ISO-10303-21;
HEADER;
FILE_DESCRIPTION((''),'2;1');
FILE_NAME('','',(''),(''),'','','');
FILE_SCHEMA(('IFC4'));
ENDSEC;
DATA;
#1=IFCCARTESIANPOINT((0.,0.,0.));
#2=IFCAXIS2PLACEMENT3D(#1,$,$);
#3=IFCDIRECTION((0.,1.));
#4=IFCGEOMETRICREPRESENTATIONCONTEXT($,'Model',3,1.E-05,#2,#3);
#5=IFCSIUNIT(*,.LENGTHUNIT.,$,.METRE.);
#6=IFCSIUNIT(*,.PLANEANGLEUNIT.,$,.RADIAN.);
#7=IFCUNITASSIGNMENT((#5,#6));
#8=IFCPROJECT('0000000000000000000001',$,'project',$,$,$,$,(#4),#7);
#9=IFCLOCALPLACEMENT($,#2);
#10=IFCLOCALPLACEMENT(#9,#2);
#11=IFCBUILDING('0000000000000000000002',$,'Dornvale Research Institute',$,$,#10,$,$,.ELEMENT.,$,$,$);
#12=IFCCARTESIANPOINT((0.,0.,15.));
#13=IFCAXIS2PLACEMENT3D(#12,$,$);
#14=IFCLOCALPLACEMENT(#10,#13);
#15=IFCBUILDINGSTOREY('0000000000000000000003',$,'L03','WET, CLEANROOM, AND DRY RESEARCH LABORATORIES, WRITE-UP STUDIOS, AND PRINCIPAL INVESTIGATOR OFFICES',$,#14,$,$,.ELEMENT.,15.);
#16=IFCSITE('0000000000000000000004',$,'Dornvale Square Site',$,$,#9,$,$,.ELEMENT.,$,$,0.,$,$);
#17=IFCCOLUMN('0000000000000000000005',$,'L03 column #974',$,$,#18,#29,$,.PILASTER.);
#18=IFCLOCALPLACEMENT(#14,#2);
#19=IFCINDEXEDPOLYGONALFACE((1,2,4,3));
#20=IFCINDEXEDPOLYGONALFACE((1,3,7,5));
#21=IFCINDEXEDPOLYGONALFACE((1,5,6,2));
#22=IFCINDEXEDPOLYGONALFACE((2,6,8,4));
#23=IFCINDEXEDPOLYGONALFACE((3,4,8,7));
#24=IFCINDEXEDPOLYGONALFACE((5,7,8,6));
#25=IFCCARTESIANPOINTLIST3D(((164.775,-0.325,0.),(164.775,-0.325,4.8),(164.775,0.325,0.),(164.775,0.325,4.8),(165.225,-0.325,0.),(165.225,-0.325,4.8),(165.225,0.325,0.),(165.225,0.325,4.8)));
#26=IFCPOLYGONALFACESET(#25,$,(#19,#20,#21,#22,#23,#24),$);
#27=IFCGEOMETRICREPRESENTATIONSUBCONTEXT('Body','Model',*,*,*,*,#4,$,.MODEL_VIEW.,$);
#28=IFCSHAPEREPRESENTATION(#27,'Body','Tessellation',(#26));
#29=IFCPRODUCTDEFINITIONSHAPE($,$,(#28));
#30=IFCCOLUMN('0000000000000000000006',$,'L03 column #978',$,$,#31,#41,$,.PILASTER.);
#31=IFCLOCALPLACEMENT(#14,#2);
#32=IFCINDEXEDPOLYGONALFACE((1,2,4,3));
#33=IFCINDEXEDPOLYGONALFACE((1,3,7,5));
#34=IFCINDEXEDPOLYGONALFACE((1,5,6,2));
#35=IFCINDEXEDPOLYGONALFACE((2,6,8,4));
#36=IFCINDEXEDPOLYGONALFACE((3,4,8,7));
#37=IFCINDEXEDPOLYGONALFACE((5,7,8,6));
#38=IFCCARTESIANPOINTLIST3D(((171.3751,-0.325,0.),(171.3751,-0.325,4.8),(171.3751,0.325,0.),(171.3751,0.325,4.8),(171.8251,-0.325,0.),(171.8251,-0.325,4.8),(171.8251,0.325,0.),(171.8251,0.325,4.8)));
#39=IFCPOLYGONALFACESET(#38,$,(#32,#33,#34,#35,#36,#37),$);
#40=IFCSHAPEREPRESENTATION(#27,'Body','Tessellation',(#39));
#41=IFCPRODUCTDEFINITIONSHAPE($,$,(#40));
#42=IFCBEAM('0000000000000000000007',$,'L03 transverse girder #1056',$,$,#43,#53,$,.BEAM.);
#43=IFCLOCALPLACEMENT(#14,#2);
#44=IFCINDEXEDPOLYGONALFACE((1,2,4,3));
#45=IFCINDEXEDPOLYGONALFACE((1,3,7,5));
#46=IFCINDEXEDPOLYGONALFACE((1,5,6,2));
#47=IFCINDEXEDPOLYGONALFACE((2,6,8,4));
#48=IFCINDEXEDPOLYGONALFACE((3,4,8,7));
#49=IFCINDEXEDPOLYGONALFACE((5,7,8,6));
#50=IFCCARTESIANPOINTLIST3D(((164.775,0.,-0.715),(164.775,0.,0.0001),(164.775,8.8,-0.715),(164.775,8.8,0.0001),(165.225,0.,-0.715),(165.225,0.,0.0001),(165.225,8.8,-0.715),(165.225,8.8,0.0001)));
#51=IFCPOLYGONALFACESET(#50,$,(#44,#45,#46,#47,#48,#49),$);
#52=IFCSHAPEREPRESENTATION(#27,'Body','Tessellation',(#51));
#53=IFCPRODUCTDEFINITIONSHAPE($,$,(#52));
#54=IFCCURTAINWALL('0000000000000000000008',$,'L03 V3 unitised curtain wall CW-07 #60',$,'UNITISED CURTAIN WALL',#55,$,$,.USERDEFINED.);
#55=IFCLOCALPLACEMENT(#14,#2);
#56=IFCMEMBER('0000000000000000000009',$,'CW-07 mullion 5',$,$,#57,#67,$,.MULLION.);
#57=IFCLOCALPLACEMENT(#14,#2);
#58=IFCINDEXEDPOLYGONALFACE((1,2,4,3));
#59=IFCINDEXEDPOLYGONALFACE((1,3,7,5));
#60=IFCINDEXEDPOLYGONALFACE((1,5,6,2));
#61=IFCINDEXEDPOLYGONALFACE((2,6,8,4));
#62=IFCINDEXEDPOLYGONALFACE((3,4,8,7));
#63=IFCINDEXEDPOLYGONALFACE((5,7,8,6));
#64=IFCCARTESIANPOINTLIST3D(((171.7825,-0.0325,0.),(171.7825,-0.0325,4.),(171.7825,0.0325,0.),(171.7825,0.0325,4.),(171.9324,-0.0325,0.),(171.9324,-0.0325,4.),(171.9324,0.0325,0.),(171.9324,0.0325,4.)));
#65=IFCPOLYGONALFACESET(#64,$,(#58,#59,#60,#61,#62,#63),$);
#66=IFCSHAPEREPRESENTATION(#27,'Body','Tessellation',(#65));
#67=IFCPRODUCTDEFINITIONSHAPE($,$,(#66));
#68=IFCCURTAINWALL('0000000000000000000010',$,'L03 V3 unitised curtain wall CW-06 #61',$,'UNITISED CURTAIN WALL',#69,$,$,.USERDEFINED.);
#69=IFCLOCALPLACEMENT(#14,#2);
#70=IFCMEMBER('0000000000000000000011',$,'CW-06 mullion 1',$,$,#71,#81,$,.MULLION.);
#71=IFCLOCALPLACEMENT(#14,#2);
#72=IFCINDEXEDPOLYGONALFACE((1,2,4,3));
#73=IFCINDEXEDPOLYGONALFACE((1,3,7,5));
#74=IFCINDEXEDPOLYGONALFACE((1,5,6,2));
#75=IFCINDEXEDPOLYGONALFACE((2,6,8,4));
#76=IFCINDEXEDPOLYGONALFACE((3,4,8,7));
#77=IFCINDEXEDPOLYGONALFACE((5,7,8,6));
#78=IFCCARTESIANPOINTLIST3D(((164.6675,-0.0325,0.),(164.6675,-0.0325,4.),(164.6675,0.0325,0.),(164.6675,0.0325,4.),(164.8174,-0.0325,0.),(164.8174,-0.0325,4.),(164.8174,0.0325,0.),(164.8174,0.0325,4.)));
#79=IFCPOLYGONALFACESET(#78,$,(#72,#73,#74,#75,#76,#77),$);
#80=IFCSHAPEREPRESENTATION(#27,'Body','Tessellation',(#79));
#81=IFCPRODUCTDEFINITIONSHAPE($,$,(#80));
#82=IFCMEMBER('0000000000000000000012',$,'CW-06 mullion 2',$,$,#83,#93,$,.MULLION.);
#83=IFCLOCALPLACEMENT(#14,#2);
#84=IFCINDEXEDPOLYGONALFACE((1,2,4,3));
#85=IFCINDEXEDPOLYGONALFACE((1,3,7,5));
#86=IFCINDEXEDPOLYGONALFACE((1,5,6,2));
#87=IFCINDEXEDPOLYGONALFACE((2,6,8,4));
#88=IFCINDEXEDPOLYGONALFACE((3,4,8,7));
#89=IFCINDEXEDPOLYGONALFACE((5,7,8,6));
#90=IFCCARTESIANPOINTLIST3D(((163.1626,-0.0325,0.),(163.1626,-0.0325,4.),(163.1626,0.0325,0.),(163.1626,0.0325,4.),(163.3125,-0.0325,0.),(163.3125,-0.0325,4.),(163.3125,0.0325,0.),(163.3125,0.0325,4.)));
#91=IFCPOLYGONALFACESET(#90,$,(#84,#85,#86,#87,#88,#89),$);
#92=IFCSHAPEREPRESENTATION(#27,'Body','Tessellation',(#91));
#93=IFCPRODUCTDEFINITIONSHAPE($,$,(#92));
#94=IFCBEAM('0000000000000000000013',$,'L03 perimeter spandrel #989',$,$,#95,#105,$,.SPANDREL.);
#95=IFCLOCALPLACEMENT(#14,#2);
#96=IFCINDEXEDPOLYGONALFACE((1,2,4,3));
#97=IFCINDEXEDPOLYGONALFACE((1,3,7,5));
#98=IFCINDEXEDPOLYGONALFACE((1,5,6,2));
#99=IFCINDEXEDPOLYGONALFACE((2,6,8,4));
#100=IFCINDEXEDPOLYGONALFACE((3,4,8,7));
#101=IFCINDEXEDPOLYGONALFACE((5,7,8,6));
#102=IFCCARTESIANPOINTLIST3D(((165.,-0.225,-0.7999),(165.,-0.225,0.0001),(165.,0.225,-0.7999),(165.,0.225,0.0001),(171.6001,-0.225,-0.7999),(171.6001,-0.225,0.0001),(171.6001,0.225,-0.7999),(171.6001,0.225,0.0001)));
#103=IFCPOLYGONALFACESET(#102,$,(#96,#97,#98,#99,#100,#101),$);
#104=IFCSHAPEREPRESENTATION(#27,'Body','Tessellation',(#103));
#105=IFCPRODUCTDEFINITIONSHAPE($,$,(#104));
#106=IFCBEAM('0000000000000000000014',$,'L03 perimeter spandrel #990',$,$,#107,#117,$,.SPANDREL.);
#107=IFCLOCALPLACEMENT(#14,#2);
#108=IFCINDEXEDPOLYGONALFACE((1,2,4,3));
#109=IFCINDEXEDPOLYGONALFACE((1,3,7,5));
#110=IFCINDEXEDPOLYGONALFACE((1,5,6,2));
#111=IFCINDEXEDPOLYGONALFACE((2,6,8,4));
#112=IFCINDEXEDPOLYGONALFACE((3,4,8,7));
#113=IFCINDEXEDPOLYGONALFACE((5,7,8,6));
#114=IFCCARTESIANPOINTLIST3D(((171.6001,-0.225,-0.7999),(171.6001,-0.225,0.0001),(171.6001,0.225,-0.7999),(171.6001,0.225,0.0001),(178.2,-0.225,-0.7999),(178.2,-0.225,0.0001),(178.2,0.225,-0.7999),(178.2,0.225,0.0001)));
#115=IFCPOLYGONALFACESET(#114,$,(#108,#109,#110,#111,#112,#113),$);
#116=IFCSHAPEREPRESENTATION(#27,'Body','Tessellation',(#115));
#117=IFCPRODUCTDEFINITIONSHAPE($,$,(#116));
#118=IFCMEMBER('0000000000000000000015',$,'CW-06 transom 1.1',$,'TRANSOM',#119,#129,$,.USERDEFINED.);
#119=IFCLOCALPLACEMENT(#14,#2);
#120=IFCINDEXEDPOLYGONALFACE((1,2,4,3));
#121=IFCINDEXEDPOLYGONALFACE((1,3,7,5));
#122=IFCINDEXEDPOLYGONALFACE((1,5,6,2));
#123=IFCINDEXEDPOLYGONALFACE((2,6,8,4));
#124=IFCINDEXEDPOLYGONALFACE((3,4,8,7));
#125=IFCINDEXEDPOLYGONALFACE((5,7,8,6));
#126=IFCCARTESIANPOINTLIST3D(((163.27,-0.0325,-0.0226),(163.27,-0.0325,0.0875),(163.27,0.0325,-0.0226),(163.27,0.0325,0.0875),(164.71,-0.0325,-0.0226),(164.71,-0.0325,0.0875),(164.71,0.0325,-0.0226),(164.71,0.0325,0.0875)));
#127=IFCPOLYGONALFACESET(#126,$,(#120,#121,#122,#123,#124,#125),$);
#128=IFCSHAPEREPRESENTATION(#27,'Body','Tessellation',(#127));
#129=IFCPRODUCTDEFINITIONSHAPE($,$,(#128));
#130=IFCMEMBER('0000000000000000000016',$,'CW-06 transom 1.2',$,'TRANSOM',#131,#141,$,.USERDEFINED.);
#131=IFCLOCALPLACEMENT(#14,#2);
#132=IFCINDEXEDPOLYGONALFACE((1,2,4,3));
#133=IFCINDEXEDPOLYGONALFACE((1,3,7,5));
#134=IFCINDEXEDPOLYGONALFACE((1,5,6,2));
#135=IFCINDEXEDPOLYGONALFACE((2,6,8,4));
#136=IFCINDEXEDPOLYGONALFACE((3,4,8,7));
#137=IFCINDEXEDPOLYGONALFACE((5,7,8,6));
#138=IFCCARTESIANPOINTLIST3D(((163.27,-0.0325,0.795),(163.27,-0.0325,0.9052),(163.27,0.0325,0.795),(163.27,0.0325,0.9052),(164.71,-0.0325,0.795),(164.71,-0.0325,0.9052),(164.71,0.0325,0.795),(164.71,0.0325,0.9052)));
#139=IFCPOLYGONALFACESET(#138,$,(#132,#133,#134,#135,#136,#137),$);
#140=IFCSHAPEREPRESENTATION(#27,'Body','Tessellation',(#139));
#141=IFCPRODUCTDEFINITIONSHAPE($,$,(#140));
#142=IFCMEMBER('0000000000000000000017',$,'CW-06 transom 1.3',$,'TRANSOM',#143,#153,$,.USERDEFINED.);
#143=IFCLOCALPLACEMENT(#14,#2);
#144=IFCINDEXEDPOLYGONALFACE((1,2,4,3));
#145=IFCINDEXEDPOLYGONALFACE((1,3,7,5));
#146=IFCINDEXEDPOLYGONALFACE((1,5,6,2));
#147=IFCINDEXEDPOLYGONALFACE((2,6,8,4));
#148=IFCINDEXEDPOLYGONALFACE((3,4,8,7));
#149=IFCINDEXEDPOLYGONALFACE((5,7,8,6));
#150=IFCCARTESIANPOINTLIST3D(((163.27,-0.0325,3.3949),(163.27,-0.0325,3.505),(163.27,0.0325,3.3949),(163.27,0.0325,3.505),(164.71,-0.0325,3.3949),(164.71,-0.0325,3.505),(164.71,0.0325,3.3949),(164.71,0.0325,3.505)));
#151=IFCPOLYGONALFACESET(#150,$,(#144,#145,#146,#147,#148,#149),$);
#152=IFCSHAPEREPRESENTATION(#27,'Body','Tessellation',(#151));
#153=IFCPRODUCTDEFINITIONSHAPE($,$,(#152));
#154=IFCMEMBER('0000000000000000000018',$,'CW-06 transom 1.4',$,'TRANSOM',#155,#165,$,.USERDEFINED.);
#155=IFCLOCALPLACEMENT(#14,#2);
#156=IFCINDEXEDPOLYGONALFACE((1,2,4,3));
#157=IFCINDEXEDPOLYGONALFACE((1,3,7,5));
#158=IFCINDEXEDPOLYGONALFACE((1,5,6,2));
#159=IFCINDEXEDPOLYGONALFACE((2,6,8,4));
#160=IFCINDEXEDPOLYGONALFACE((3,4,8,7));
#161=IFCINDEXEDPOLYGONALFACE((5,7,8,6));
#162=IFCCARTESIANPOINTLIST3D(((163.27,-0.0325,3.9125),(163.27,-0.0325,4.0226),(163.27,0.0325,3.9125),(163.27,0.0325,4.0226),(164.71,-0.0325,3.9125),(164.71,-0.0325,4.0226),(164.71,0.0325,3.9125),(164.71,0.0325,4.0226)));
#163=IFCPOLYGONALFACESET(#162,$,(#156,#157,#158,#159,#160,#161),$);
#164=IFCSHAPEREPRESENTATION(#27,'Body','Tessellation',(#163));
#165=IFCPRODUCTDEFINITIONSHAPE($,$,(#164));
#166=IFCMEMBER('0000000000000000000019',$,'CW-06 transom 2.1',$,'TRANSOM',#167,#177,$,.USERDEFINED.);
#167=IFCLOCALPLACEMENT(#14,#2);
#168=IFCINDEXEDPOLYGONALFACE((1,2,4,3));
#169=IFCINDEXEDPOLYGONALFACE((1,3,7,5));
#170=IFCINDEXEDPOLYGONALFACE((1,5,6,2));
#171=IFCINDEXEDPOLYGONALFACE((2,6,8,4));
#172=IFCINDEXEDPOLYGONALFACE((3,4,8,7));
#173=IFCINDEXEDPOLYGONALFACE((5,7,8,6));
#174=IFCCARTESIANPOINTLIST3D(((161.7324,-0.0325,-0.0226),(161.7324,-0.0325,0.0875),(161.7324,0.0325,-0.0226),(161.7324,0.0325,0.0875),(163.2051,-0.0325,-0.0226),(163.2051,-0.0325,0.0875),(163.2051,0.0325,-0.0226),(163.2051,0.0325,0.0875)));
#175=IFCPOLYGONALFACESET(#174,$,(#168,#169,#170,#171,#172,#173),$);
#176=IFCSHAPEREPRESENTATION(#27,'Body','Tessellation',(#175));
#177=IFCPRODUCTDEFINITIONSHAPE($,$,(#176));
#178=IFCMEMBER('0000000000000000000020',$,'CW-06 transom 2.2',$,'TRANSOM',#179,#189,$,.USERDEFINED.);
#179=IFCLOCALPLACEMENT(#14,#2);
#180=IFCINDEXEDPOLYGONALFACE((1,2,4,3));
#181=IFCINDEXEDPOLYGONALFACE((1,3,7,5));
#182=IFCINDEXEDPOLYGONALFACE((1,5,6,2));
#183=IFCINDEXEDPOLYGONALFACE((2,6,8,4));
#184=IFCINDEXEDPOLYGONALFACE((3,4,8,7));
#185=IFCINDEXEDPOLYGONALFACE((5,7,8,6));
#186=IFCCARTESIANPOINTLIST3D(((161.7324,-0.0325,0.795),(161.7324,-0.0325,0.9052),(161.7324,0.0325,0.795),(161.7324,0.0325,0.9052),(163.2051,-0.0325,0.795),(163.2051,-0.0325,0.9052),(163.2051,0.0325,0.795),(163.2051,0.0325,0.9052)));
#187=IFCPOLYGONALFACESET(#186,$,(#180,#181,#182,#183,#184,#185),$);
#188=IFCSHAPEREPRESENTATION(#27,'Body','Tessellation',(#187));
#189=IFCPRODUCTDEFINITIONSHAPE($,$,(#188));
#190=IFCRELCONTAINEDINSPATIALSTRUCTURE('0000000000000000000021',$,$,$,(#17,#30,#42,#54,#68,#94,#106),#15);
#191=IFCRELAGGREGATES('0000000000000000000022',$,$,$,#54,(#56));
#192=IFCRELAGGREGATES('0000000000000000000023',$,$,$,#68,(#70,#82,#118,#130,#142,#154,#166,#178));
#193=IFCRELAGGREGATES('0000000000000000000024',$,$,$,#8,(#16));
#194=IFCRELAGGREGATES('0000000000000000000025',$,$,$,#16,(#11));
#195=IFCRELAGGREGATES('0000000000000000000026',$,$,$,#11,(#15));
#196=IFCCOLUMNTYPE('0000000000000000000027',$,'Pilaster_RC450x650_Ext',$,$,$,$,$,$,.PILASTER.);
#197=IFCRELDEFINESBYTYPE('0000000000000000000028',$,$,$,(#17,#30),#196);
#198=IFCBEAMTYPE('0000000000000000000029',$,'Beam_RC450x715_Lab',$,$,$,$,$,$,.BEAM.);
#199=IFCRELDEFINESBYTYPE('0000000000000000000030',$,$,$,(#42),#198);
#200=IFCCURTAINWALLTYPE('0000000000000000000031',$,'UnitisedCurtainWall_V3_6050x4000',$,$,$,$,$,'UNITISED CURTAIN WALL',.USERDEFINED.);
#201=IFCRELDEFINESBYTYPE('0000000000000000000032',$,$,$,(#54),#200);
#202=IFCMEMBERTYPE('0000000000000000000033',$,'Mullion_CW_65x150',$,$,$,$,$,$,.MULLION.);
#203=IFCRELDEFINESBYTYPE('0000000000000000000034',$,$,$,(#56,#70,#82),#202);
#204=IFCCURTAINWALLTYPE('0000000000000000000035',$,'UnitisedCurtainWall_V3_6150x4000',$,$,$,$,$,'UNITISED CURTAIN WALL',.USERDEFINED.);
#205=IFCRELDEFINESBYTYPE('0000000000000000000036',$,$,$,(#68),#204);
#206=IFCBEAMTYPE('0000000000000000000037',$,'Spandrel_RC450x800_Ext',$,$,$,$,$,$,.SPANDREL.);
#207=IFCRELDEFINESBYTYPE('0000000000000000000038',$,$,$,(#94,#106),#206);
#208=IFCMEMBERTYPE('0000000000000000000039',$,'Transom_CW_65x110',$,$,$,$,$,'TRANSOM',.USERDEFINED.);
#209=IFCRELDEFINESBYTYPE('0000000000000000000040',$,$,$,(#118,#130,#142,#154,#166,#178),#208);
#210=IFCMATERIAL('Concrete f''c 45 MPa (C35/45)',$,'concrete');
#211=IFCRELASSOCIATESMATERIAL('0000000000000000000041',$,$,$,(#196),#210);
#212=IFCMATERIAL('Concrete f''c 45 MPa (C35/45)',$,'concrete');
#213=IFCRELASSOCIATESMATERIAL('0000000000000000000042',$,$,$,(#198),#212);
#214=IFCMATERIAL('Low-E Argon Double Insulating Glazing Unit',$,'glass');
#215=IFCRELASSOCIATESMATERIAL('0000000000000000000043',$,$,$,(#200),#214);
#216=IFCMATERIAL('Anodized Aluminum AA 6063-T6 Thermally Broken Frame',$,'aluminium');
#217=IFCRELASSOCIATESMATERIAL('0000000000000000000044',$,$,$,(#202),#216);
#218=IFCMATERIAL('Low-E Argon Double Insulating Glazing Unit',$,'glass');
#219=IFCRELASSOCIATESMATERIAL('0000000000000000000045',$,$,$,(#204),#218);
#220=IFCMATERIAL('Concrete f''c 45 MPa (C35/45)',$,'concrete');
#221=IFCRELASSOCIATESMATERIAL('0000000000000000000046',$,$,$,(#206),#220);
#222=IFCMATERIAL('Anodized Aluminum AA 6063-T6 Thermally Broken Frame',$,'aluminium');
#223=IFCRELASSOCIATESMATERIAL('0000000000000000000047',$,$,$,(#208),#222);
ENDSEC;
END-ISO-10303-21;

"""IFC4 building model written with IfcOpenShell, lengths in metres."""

from ifc_helpers import new_model, si_unit, direction, frame, origin, origin_2d, place, context, subcontext, project, spatial, rectangle, extrude, material, material_profile, profile_set, type_object, element, aggregate, save


model = new_model("IFC4")

# Units and contexts
model_context = context("Model", 3, precision=1e-05, world=origin(), true_north=direction((0.0, 1.0)))
body_context = subcontext(model_context, "Body", "Model", "MODEL_VIEW")
ifc_project = project(units=[si_unit("LENGTHUNIT", "METRE"), si_unit("PLANEANGLEUNIT", "RADIAN")], contexts=[model_context])

# Site, building, storey
site_placement = place(None, origin())
site = spatial("IfcSite", under=ifc_project, at=site_placement, Name="Dornvale Square Site", CompositionType="ELEMENT", RefElevation=0.0)
building_placement = place(site_placement, origin())
building = spatial("IfcBuilding", under=site, at=building_placement, Name="Dornvale Research Institute", CompositionType="ELEMENT")
storey_placement = place(building_placement, frame((0.0, 0.0, 15.0)))
storey = spatial("IfcBuildingStorey", under=building, at=storey_placement, Name="L03", Description="WET, CLEANROOM, AND DRY RESEARCH LABORATORIES, WRITE-UP STUDIOS, AND PRINCIPAL INVESTIGATOR OFFICES", CompositionType="ELEMENT", Elevation=15.0)

# Columns
ifc_material_1 = material(Name="Concrete f'c 45 MPa (C35/45)", Category="concrete")
ifc_material_profile_1 = material_profile(ifc_material_1, rectangle(XDim=0.45, YDim=0.6499, at=origin_2d()), Name="RC 450x650")
ifc_profile_set_1 = profile_set([ifc_material_profile_1], Name="Concrete f'c 45 MPa (C35/45)")
column_type = type_object("IfcColumnType", Name="Pilaster_RC450x650_Ext", PredefinedType="PILASTER", material=ifc_profile_set_1)
for number, where, z_axis, x_axis, name in (
    (1, (165.0, 0.0, 0.0), (0.0, 0.0, 1.0), (1.0, 0.0, 0.0), "L03 column #974"),
    (2, (171.6001, 0.0, 0.0), (0.0, 0.0, 1.0), (1.0, 0.0, 0.0), "L03 column #978"),
):
    element("IfcColumn", number, at=place(storey_placement, frame(where, z_axis=z_axis, x_axis=x_axis)), inside=storey, type_object=column_type, Name=name, PredefinedType="PILASTER", context=body_context, shape_type="SweptSolid", body=[
        extrude(rectangle(XDim=0.45, YDim=0.6499, at=origin_2d()), origin(), (0.0, 0.0, 1.0), 4.8),
    ])

# Beam
ifc_material_2 = material(Name="Concrete f'c 45 MPa (C35/45)", Category="concrete")
ifc_material_profile_2 = material_profile(ifc_material_2, rectangle(XDim=0.45, YDim=0.7151, at=origin_2d()), Name="RC 450x715")
ifc_profile_set_2 = profile_set([ifc_material_profile_2], Name="Concrete f'c 45 MPa (C35/45)")
beam_type_1 = type_object("IfcBeamType", Name="Beam_RC450x715_Lab", PredefinedType="BEAM", material=ifc_profile_set_2)
beam_1_placement = place(storey_placement, frame((165.0, 0.0, -0.3574), z_axis=(0.0, 1.0, 0.0), x_axis=(-1.0, 0.0, 0.0)))
element("IfcBeam", 3, at=beam_1_placement, inside=storey, type_object=beam_type_1, Name="L03 transverse girder #1056", PredefinedType="BEAM", context=body_context, shape_type="SweptSolid", body=[
    extrude(rectangle(XDim=0.45, YDim=0.7151, at=origin_2d()), origin(), (0.0, 0.0, 1.0), 8.8),
])

# Curtain wall, member
ifc_material_3 = material(Name="Low-E Argon Double Insulating Glazing Unit", Category="glass")
curtain_wall_type_1 = type_object("IfcCurtainWallType", Name="UnitisedCurtainWall_V3_6050x4000", ElementType="UNITISED CURTAIN WALL", PredefinedType="USERDEFINED", material=ifc_material_3)
curtain_wall_1_placement = place(storey_placement, origin())
curtain_wall_1 = element("IfcCurtainWall", 4, at=curtain_wall_1_placement, inside=storey, type_object=curtain_wall_type_1, Name="L03 V3 unitised curtain wall CW-07 #60", ObjectType="UNITISED CURTAIN WALL", PredefinedType="USERDEFINED")
ifc_material_4 = material(Name="Anodized Aluminum AA 6063-T6 Thermally Broken Frame", Category="aluminium")
ifc_material_profile_3 = material_profile(ifc_material_4, rectangle(XDim=0.0649, YDim=0.1499, at=origin_2d()), Name="ALU MULLION 65x150")
ifc_profile_set_3 = profile_set([ifc_material_profile_3], Name="Anodized Aluminum AA 6063-T6 Thermally Broken Frame")
member_type_1 = type_object("IfcMemberType", Name="Mullion_CW_65x150", PredefinedType="MULLION", material=ifc_profile_set_3)
member_1_placement = place(storey_placement, frame((171.8574, 0.0, 0.0), z_axis=(0.0, 0.0, 1.0), x_axis=(0.0, -1.0, 0.0)))
member_1 = element("IfcMember", 5, at=member_1_placement, type_object=member_type_1, Name="CW-07 mullion 5", PredefinedType="MULLION", context=body_context, shape_type="SweptSolid", body=[
    extrude(rectangle(XDim=0.0649, YDim=0.1499, at=origin_2d()), origin(), (0.0, 0.0, 1.0), 4.0),
])

# Curtain wall, members
ifc_material_5 = material(Name="Low-E Argon Double Insulating Glazing Unit", Category="glass")
curtain_wall_type_2 = type_object("IfcCurtainWallType", Name="UnitisedCurtainWall_V3_6150x4000", ElementType="UNITISED CURTAIN WALL", PredefinedType="USERDEFINED", material=ifc_material_5)
curtain_wall_2_placement = place(storey_placement, origin())
curtain_wall_2 = element("IfcCurtainWall", 6, at=curtain_wall_2_placement, inside=storey, type_object=curtain_wall_type_2, Name="L03 V3 unitised curtain wall CW-06 #61", ObjectType="UNITISED CURTAIN WALL", PredefinedType="USERDEFINED")
member_2_placement = place(storey_placement, frame((164.7424, 0.0, 0.0), z_axis=(0.0, 0.0, 1.0), x_axis=(0.0, -1.0, 0.0)))
member_2 = element("IfcMember", 7, at=member_2_placement, type_object=member_type_1, Name="CW-06 mullion 1", PredefinedType="MULLION", context=body_context, shape_type="SweptSolid", body=[
    extrude(rectangle(XDim=0.0649, YDim=0.1499, at=origin_2d()), origin(), (0.0, 0.0, 1.0), 4.0),
])
member_3_placement = place(storey_placement, frame((163.2375, 0.0, 0.0), z_axis=(0.0, 0.0, 1.0), x_axis=(0.0, -1.0, 0.0)))
member_3 = element("IfcMember", 8, at=member_3_placement, type_object=member_type_1, Name="CW-06 mullion 2", PredefinedType="MULLION", context=body_context, shape_type="SweptSolid", body=[
    extrude(rectangle(XDim=0.0649, YDim=0.1499, at=origin_2d()), origin(), (0.0, 0.0, 1.0), 4.0),
])

# Beams
ifc_material_6 = material(Name="Concrete f'c 45 MPa (C35/45)", Category="concrete")
ifc_material_profile_4 = material_profile(ifc_material_6, rectangle(XDim=0.45, YDim=0.8, at=origin_2d()), Name="RC 450x800")
ifc_profile_set_4 = profile_set([ifc_material_profile_4], Name="Concrete f'c 45 MPa (C35/45)")
beam_type_2 = type_object("IfcBeamType", Name="Spandrel_RC450x800_Ext", PredefinedType="SPANDREL", material=ifc_profile_set_4)
beam_2_placement = place(storey_placement, frame((165.0, 0.0, -0.3999), z_axis=(1.0, 0.0, 0.0), x_axis=(0.0, 1.0, 0.0)))
element("IfcBeam", 9, at=beam_2_placement, inside=storey, type_object=beam_type_2, Name="L03 perimeter spandrel #989", PredefinedType="SPANDREL", context=body_context, shape_type="SweptSolid", body=[
    extrude(rectangle(XDim=0.45, YDim=0.8, at=origin_2d()), origin(), (0.0, 0.0, 1.0), 6.6001),
])
beam_3_placement = place(storey_placement, frame((171.6001, 0.0, -0.3999), z_axis=(1.0, 0.0, 0.0), x_axis=(0.0, 1.0, 0.0)))
element("IfcBeam", 10, at=beam_3_placement, inside=storey, type_object=beam_type_2, Name="L03 perimeter spandrel #990", PredefinedType="SPANDREL", context=body_context, shape_type="SweptSolid", body=[
    extrude(rectangle(XDim=0.45, YDim=0.8, at=origin_2d()), origin(), (0.0, 0.0, 1.0), 6.5999),
])

# Members
ifc_material_7 = material(Name="Anodized Aluminum AA 6063-T6 Thermally Broken Frame", Category="aluminium")
ifc_material_profile_5 = material_profile(ifc_material_7, rectangle(XDim=0.0649, YDim=0.1101, at=origin_2d()), Name="ALU TRANSOM 65x110")
ifc_profile_set_5 = profile_set([ifc_material_profile_5], Name="Anodized Aluminum AA 6063-T6 Thermally Broken Frame")
member_type_2 = type_object("IfcMemberType", Name="Transom_CW_65x110", ElementType="TRANSOM", PredefinedType="USERDEFINED", material=ifc_profile_set_5)
member_4_placement = place(storey_placement, frame((164.71, 0.0, 0.0325), z_axis=(-1.0, 0.0, 0.0), x_axis=(0.0, -1.0, 0.0)))
member_4 = element("IfcMember", 11, at=member_4_placement, type_object=member_type_2, Name="CW-06 transom 1.1", ObjectType="TRANSOM", PredefinedType="USERDEFINED", context=body_context, shape_type="SweptSolid", body=[
    extrude(rectangle(XDim=0.0649, YDim=0.1101, at=origin_2d()), origin(), (0.0, 0.0, 1.0), 1.4399),
])
member_5_placement = place(storey_placement, frame((164.71, 0.0, 0.8501), z_axis=(-1.0, 0.0, 0.0), x_axis=(0.0, -1.0, 0.0)))
member_5 = element("IfcMember", 12, at=member_5_placement, type_object=member_type_2, Name="CW-06 transom 1.2", ObjectType="TRANSOM", PredefinedType="USERDEFINED", context=body_context, shape_type="SweptSolid", body=[
    extrude(rectangle(XDim=0.0649, YDim=0.1101, at=origin_2d()), origin(), (0.0, 0.0, 1.0), 1.4399),
])
member_6_placement = place(storey_placement, frame((164.71, 0.0, 3.45), z_axis=(-1.0, 0.0, 0.0), x_axis=(0.0, -1.0, 0.0)))
member_6 = element("IfcMember", 13, at=member_6_placement, type_object=member_type_2, Name="CW-06 transom 1.3", ObjectType="TRANSOM", PredefinedType="USERDEFINED", context=body_context, shape_type="SweptSolid", body=[
    extrude(rectangle(XDim=0.0649, YDim=0.1101, at=origin_2d()), origin(), (0.0, 0.0, 1.0), 1.4399),
])
member_7_placement = place(storey_placement, frame((164.71, 0.0, 3.9675), z_axis=(-1.0, 0.0, 0.0), x_axis=(0.0, -1.0, 0.0)))
member_7 = element("IfcMember", 14, at=member_7_placement, type_object=member_type_2, Name="CW-06 transom 1.4", ObjectType="TRANSOM", PredefinedType="USERDEFINED", context=body_context, shape_type="SweptSolid", body=[
    extrude(rectangle(XDim=0.0649, YDim=0.1101, at=origin_2d()), origin(), (0.0, 0.0, 1.0), 1.4399),
])
member_8_placement = place(storey_placement, frame((163.2051, 0.0, 0.0325), z_axis=(-1.0, 0.0, 0.0), x_axis=(0.0, -1.0, 0.0)))
member_8 = element("IfcMember", 15, at=member_8_placement, type_object=member_type_2, Name="CW-06 transom 2.1", ObjectType="TRANSOM", PredefinedType="USERDEFINED", context=body_context, shape_type="SweptSolid", body=[
    extrude(rectangle(XDim=0.0649, YDim=0.1101, at=origin_2d()), origin(), (0.0, 0.0, 1.0), 1.4727),
])
member_9_placement = place(storey_placement, frame((163.2051, 0.0, 0.8501), z_axis=(-1.0, 0.0, 0.0), x_axis=(0.0, -1.0, 0.0)))
member_9 = element("IfcMember", 16, at=member_9_placement, type_object=member_type_2, Name="CW-06 transom 2.2", ObjectType="TRANSOM", PredefinedType="USERDEFINED", context=body_context, shape_type="SweptSolid", body=[
    extrude(rectangle(XDim=0.0649, YDim=0.1101, at=origin_2d()), origin(), (0.0, 0.0, 1.0), 1.4727),
])

aggregate(curtain_wall_1, [member_1])
aggregate(curtain_wall_2, [member_2, member_3, member_4, member_5, member_6, member_7, member_8, member_9])

save(model, "model.ifc")
